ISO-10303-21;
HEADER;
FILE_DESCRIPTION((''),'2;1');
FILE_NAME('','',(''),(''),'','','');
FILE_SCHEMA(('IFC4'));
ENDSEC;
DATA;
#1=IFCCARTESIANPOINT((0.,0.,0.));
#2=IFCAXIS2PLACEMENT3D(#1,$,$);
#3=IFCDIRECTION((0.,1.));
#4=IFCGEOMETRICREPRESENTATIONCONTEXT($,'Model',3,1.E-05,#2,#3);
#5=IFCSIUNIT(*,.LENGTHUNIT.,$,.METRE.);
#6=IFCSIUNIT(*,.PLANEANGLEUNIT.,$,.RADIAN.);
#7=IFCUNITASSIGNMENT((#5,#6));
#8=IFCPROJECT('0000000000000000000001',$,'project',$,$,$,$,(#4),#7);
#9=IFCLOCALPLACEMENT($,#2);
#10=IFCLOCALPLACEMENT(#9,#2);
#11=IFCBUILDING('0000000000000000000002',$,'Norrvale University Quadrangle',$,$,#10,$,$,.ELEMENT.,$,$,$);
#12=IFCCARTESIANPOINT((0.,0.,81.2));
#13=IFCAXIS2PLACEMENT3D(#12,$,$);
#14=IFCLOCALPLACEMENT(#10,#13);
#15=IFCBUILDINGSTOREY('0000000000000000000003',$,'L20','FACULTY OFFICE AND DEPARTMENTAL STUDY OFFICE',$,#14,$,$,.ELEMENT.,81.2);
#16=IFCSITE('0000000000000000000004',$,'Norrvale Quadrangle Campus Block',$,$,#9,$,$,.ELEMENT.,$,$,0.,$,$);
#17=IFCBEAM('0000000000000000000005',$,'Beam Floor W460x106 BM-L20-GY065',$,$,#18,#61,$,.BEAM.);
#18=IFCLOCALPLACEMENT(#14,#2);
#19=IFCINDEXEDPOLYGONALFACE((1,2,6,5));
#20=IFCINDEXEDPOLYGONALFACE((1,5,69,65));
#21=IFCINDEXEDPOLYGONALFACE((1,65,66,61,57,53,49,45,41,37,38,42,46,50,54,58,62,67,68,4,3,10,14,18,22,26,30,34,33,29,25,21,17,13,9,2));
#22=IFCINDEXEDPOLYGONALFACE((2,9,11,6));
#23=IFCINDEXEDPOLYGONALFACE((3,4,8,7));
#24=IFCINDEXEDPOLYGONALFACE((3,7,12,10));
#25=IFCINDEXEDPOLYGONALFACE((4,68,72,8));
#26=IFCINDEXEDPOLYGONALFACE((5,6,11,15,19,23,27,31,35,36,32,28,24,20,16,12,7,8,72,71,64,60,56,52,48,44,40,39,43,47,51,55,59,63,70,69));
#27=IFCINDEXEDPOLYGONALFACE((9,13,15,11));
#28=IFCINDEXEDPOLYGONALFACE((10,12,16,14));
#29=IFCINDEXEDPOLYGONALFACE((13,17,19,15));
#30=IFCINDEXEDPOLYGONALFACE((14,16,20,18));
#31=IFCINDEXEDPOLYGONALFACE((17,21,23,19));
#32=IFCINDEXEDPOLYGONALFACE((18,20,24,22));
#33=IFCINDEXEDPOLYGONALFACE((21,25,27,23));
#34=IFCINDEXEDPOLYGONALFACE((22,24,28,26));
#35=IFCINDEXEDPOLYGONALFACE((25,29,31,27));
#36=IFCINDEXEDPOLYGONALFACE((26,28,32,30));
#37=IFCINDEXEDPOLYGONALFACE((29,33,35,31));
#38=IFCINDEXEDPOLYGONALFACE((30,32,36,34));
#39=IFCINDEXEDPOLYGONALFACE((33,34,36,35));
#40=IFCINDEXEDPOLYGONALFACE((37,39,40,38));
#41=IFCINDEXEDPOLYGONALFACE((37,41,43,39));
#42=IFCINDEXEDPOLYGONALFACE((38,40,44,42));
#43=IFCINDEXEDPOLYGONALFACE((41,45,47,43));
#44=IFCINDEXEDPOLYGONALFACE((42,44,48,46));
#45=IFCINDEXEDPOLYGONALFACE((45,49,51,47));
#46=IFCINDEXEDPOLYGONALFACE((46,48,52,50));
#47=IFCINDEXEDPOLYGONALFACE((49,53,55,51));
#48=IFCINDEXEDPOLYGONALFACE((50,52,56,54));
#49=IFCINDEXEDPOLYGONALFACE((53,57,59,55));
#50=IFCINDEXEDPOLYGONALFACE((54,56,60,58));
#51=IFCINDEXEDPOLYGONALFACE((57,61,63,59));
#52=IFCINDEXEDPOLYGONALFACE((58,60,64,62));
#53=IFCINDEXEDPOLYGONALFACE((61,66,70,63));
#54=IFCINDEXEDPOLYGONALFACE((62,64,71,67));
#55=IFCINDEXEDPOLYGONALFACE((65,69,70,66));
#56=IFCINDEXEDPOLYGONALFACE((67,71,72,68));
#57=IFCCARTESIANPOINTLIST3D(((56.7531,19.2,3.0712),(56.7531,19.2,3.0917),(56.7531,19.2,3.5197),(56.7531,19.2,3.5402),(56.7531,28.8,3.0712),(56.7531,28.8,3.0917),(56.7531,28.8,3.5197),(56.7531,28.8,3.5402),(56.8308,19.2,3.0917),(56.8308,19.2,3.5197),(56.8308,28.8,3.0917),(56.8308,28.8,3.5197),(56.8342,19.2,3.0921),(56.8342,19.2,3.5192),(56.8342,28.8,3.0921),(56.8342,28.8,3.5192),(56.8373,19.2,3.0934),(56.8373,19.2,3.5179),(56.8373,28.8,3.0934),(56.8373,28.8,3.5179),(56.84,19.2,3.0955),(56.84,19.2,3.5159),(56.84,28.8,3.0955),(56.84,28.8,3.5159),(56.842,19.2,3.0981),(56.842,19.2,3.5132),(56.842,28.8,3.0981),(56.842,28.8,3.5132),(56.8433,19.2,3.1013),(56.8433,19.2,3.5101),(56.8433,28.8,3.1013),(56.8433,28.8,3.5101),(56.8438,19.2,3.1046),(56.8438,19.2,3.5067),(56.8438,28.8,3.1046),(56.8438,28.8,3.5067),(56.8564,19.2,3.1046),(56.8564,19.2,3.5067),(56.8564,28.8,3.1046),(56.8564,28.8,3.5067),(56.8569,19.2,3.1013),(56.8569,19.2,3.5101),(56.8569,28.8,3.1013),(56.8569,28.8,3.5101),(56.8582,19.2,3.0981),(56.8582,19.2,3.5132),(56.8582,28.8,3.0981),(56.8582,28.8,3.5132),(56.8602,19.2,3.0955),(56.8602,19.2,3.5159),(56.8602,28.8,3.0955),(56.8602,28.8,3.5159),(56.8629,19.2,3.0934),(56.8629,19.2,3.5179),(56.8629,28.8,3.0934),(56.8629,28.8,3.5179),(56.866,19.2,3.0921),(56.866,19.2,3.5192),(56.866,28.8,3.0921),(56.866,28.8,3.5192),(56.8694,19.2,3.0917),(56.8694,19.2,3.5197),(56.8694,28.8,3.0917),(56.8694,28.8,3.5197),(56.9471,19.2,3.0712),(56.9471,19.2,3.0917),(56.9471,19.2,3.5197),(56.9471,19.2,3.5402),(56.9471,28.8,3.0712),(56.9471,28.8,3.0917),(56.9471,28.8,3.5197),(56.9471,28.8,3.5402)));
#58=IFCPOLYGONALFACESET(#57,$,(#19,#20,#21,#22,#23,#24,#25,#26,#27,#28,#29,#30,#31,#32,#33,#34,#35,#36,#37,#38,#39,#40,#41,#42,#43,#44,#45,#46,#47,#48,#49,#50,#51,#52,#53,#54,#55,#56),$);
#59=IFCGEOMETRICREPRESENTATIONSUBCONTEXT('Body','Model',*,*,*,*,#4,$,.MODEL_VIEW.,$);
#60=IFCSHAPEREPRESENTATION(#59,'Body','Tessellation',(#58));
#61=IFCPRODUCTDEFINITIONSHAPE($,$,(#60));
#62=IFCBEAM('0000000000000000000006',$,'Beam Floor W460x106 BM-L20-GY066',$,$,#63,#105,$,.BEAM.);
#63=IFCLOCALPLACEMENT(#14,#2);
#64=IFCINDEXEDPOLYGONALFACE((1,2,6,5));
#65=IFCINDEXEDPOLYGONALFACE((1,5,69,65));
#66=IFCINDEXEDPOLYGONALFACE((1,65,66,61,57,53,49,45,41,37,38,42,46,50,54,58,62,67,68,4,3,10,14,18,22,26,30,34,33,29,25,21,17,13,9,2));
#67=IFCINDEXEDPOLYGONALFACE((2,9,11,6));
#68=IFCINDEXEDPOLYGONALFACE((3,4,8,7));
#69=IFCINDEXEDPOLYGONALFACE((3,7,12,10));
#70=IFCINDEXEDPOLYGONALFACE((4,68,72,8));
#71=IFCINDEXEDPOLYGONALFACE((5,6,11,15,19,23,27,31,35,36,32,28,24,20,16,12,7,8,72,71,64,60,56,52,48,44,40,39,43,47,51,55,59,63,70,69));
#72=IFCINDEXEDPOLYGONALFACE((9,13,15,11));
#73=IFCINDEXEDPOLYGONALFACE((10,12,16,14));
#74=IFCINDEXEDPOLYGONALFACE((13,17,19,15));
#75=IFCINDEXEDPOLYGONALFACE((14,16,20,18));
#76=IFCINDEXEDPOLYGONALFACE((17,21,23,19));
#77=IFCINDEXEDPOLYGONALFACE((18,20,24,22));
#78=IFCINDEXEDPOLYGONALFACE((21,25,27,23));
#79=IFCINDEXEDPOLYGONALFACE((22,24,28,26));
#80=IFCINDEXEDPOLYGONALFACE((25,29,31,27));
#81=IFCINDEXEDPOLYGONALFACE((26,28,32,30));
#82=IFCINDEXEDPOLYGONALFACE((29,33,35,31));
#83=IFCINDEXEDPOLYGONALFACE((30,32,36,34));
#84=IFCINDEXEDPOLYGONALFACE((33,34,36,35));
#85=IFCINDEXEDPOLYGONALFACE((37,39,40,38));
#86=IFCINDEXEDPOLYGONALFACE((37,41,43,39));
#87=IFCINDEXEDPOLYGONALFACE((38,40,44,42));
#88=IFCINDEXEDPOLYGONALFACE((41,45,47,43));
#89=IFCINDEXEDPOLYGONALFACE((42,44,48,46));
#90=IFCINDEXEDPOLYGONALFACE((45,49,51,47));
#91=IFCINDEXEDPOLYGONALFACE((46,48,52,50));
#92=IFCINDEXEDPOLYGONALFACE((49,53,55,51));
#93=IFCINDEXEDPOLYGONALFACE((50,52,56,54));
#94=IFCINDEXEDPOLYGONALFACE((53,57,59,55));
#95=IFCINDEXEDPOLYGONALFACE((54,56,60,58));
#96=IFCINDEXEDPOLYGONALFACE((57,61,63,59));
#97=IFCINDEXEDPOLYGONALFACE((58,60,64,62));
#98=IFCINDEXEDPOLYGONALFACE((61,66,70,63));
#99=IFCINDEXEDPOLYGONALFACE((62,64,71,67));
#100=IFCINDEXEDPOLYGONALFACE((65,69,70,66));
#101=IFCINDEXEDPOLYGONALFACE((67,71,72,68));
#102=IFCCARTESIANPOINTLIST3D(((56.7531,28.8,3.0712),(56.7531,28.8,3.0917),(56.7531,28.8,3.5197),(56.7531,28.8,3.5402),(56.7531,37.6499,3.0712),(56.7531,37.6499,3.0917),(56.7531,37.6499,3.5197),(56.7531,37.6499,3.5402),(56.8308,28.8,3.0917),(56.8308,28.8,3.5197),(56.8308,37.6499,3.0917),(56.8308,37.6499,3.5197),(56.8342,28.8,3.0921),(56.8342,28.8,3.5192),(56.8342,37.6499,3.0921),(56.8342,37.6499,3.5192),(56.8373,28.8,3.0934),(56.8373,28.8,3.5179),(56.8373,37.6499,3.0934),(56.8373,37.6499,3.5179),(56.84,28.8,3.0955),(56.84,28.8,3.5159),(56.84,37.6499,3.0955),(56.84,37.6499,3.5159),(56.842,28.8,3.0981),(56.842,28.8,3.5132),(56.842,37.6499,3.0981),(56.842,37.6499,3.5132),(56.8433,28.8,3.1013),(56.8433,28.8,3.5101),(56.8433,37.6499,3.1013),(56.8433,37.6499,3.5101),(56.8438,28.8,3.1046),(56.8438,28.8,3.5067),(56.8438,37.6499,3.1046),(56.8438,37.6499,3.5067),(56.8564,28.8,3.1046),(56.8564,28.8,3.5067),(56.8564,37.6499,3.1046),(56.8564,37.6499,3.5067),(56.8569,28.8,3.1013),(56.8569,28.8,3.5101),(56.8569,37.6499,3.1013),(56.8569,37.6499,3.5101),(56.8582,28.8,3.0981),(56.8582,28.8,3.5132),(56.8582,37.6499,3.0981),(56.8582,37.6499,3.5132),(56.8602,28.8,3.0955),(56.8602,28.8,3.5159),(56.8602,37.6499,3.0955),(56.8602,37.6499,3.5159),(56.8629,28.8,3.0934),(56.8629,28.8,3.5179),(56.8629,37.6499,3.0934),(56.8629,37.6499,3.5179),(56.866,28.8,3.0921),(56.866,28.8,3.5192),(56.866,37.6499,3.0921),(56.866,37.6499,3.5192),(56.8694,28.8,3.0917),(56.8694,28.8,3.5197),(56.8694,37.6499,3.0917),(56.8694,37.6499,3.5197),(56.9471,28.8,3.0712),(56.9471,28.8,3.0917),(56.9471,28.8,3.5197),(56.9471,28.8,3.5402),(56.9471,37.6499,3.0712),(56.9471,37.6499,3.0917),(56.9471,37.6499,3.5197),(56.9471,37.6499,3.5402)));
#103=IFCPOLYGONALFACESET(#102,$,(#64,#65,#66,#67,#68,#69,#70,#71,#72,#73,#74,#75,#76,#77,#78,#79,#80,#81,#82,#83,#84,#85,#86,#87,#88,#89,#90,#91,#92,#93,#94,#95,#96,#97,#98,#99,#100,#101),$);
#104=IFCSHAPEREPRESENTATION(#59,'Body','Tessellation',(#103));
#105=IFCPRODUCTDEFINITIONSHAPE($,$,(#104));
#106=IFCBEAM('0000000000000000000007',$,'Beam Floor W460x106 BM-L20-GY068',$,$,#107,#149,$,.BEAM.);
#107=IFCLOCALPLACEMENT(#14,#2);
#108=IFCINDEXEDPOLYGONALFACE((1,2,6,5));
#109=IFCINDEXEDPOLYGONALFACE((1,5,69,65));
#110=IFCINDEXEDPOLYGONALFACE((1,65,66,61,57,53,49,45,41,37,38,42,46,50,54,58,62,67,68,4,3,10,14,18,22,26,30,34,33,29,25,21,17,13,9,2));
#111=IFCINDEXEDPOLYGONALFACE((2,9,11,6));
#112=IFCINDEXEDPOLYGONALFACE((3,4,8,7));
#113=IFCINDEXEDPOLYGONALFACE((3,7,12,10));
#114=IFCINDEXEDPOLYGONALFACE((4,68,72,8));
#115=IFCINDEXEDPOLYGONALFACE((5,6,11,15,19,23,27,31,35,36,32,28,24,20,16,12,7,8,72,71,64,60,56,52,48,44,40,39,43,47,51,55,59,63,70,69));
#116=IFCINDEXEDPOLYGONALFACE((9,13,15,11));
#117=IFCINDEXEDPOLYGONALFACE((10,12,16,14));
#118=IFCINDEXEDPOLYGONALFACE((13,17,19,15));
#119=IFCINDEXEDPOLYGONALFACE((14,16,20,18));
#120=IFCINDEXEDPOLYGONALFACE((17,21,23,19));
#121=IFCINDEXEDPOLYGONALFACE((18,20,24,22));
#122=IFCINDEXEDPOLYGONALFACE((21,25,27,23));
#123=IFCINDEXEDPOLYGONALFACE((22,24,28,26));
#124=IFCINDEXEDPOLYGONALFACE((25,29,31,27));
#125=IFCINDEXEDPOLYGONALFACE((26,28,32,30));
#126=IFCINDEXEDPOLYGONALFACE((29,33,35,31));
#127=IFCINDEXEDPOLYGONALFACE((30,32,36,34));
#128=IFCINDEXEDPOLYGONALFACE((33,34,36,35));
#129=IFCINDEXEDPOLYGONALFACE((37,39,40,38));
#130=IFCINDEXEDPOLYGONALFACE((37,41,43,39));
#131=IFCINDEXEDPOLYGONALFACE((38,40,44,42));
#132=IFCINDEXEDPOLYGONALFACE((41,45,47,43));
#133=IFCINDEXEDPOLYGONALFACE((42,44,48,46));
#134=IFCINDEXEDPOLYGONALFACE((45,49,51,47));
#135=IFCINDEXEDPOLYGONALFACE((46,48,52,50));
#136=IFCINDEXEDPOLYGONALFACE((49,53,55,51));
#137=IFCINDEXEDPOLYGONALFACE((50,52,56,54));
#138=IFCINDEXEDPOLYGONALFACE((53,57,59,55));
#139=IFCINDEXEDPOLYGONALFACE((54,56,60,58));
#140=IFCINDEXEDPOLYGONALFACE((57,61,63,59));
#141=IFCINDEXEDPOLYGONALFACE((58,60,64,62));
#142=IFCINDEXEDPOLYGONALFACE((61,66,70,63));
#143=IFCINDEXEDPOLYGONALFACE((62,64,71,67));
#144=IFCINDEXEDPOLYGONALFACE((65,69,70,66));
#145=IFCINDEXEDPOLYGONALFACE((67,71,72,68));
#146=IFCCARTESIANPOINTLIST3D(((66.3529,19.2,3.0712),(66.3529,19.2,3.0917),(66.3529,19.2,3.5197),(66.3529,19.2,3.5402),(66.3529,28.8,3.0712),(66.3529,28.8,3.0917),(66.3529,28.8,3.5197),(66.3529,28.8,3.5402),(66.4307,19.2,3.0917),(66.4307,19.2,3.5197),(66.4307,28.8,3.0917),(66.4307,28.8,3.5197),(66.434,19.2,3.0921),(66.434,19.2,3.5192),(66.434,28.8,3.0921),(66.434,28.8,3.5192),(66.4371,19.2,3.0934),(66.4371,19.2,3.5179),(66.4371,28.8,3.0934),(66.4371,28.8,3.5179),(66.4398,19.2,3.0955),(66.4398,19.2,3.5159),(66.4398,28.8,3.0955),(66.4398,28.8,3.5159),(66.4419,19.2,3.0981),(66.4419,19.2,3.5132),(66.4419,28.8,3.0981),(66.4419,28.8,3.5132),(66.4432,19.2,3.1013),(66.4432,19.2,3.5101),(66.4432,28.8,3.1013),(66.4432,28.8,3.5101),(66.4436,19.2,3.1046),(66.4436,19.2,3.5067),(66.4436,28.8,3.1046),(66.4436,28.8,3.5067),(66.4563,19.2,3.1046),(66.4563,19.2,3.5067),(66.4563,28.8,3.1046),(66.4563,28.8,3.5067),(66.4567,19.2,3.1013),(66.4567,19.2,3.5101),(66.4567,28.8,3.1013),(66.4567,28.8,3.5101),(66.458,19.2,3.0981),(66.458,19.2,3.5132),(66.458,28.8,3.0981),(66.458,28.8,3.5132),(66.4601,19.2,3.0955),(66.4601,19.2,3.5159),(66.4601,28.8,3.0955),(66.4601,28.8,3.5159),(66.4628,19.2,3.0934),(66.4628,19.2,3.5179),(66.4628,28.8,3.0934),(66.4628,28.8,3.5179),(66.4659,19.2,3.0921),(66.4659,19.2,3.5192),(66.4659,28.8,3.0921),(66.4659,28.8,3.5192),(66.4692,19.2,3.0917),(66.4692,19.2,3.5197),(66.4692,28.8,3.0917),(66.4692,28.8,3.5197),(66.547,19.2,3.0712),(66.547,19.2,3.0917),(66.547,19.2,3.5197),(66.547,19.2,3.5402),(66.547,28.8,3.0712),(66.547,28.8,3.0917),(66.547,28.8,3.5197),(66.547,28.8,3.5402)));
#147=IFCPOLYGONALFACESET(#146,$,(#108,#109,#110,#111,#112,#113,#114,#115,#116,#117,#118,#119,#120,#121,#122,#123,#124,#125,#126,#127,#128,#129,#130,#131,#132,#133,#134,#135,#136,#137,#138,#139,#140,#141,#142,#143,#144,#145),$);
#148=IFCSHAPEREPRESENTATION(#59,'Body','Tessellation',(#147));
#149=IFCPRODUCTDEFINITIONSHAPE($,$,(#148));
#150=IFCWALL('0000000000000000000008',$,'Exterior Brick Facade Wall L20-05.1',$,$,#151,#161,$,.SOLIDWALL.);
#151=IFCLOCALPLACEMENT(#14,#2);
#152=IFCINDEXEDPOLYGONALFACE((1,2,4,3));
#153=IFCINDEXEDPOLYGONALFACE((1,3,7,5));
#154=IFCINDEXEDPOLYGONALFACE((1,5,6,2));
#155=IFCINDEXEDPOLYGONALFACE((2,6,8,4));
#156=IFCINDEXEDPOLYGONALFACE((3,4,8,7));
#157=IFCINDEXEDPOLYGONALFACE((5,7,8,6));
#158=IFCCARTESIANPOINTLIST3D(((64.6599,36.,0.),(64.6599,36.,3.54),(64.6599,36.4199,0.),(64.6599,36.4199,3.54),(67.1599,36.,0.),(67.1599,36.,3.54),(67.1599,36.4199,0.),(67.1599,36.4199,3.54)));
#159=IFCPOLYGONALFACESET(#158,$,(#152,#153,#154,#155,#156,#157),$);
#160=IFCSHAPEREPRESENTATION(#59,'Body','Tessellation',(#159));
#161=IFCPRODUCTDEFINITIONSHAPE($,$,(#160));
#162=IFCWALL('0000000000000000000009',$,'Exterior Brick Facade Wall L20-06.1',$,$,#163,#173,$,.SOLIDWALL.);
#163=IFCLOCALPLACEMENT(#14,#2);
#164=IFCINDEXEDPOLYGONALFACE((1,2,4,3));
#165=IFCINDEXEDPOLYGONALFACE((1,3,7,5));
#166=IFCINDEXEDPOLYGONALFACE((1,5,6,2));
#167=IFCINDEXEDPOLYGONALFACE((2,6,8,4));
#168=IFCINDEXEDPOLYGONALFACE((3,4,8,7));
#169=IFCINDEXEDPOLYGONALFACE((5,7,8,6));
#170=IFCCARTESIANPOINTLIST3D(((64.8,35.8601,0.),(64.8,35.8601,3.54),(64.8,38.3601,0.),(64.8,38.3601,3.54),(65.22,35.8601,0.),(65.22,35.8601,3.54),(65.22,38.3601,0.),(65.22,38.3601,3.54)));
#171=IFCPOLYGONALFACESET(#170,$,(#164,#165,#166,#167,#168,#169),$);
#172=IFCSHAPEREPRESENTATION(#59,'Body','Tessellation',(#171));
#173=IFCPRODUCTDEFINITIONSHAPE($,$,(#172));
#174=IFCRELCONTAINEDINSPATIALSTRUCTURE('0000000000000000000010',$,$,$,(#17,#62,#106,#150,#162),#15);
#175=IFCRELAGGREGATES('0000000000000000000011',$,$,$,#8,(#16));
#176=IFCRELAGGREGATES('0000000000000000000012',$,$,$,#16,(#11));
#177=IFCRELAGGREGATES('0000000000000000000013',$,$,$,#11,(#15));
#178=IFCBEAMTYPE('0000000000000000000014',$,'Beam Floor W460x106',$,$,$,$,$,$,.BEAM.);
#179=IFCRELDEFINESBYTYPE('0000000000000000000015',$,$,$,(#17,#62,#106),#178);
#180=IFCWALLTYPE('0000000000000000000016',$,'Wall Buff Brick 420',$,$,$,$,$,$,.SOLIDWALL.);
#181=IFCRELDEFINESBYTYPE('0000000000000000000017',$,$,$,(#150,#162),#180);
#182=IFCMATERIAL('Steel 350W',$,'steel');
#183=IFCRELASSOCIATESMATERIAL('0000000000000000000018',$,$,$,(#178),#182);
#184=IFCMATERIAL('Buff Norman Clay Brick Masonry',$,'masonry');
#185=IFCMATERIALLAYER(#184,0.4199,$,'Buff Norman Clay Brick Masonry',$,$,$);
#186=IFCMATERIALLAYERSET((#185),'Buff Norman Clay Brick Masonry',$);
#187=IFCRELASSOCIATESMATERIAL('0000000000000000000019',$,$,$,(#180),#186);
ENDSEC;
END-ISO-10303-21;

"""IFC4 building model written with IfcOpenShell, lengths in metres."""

from ifc_helpers import new_model, si_unit, direction, frame, frame_2d, origin, origin_2d, place, context, subcontext, project, spatial, rectangle, i_section, extrude, material, layer, layer_set, material_profile, profile_set, type_object, element, save


model = new_model("IFC4")

# Units and contexts
model_context = context("Model", 3, precision=1e-05, world=origin(), true_north=direction((0.0, 1.0)))
body_context = subcontext(model_context, "Body", "Model", "MODEL_VIEW")
ifc_project = project(units=[si_unit("LENGTHUNIT", "METRE"), si_unit("PLANEANGLEUNIT", "RADIAN")], contexts=[model_context])

# Site, building, storey
site_placement = place(None, origin())
site = spatial("IfcSite", under=ifc_project, at=site_placement, Name="Norrvale Quadrangle Campus Block", CompositionType="ELEMENT", RefElevation=0.0)
building_placement = place(site_placement, origin())
building = spatial("IfcBuilding", under=site, at=building_placement, Name="Norrvale University Quadrangle", CompositionType="ELEMENT")
storey_placement = place(building_placement, frame((0.0, 0.0, 81.2)))
storey = spatial("IfcBuildingStorey", under=building, at=storey_placement, Name="L20", Description="FACULTY OFFICE AND DEPARTMENTAL STUDY OFFICE", CompositionType="ELEMENT", Elevation=81.2)

# Beams
ifc_material_1 = material(Name="Steel 350W", Category="steel")
ifc_material_profile_1 = material_profile(ifc_material_1, i_section(OverallWidth=0.1941, OverallDepth=0.469, WebThickness=0.0127, FlangeThickness=0.0205, FilletRadius=0.0129, at=origin_2d()), Name="Steel 350W")
ifc_profile_set_1 = profile_set([ifc_material_profile_1], Name="Steel 350W")
beam_type_1 = type_object("IfcBeamType", Name="Beam Floor W460x106", PredefinedType="BEAM", material=ifc_profile_set_1)
beam_1_placement = place(storey_placement, frame((56.8501, 19.2, 3.3057), z_axis=(0.0, 1.0, 0.0), x_axis=(-1.0, 0.0, 0.0)))
element("IfcBeam", 1, at=beam_1_placement, inside=storey, type_object=beam_type_1, Name="Beam Floor W460x106 BM-L20-GY065", PredefinedType="BEAM", context=body_context, shape_type="SweptSolid", body=[
    extrude(i_section(OverallWidth=0.1941, OverallDepth=0.469, WebThickness=0.0127, FlangeThickness=0.0205, FilletRadius=0.0129, at=origin_2d()), origin(), (0.0, 0.0, 1.0), 9.6001),
])
beam_2_placement = place(storey_placement, frame((56.8501, 28.8, 3.3057), z_axis=(0.0, 1.0, 0.0), x_axis=(-1.0, 0.0, 0.0)))
element("IfcBeam", 2, at=beam_2_placement, inside=storey, type_object=beam_type_1, Name="Beam Floor W460x106 BM-L20-GY066", PredefinedType="BEAM", context=body_context, shape_type="SweptSolid", body=[
    extrude(i_section(OverallWidth=0.1941, OverallDepth=0.469, WebThickness=0.0127, FlangeThickness=0.0205, FilletRadius=0.0129, at=origin_2d()), origin(), (0.0, 0.0, 1.0), 8.8499),
])
beam_3_placement = place(storey_placement, frame((66.45, 19.2, 3.3057), z_axis=(0.0, 1.0, 0.0), x_axis=(-1.0, 0.0, 0.0)))
element("IfcBeam", 3, at=beam_3_placement, inside=storey, type_object=beam_type_1, Name="Beam Floor W460x106 BM-L20-GY068", PredefinedType="BEAM", context=body_context, shape_type="SweptSolid", body=[
    extrude(i_section(OverallWidth=0.1941, OverallDepth=0.469, WebThickness=0.0127, FlangeThickness=0.0205, FilletRadius=0.0129, at=origin_2d()), origin(), (0.0, 0.0, 1.0), 9.6001),
])

# Walls
ifc_material_2 = material(Name="Buff Norman Clay Brick Masonry", Category="masonry")
ifc_layer = layer(ifc_material_2, 0.4199, Name="Buff Norman Clay Brick Masonry")
ifc_layer_set = layer_set([ifc_layer], Name="Buff Norman Clay Brick Masonry")
wall_type = type_object("IfcWallType", Name="Wall Buff Brick 420", PredefinedType="SOLIDWALL", material=ifc_layer_set)
for number, where, z_axis, x_axis, name in (
    (4, (67.1599, 36.21, 0.0), (0.0, 0.0, 1.0), (-1.0, 0.0, 0.0), "Exterior Brick Facade Wall L20-05.1"),
    (5, (65.01, 35.8601, 0.0), (0.0, 0.0, 1.0), (0.0, 1.0, 0.0), "Exterior Brick Facade Wall L20-06.1"),
):
    element("IfcWall", number, at=place(storey_placement, frame(where, z_axis=z_axis, x_axis=x_axis)), inside=storey, type_object=wall_type, Name=name, PredefinedType="SOLIDWALL", context=body_context, shape_type="SweptSolid", body=[
        extrude(rectangle(XDim=2.5, YDim=0.4199, at=frame_2d((1.25, 0.0))), origin(), (0.0, 0.0, 1.0), 3.54),
    ])

save(model, "model.ifc")
